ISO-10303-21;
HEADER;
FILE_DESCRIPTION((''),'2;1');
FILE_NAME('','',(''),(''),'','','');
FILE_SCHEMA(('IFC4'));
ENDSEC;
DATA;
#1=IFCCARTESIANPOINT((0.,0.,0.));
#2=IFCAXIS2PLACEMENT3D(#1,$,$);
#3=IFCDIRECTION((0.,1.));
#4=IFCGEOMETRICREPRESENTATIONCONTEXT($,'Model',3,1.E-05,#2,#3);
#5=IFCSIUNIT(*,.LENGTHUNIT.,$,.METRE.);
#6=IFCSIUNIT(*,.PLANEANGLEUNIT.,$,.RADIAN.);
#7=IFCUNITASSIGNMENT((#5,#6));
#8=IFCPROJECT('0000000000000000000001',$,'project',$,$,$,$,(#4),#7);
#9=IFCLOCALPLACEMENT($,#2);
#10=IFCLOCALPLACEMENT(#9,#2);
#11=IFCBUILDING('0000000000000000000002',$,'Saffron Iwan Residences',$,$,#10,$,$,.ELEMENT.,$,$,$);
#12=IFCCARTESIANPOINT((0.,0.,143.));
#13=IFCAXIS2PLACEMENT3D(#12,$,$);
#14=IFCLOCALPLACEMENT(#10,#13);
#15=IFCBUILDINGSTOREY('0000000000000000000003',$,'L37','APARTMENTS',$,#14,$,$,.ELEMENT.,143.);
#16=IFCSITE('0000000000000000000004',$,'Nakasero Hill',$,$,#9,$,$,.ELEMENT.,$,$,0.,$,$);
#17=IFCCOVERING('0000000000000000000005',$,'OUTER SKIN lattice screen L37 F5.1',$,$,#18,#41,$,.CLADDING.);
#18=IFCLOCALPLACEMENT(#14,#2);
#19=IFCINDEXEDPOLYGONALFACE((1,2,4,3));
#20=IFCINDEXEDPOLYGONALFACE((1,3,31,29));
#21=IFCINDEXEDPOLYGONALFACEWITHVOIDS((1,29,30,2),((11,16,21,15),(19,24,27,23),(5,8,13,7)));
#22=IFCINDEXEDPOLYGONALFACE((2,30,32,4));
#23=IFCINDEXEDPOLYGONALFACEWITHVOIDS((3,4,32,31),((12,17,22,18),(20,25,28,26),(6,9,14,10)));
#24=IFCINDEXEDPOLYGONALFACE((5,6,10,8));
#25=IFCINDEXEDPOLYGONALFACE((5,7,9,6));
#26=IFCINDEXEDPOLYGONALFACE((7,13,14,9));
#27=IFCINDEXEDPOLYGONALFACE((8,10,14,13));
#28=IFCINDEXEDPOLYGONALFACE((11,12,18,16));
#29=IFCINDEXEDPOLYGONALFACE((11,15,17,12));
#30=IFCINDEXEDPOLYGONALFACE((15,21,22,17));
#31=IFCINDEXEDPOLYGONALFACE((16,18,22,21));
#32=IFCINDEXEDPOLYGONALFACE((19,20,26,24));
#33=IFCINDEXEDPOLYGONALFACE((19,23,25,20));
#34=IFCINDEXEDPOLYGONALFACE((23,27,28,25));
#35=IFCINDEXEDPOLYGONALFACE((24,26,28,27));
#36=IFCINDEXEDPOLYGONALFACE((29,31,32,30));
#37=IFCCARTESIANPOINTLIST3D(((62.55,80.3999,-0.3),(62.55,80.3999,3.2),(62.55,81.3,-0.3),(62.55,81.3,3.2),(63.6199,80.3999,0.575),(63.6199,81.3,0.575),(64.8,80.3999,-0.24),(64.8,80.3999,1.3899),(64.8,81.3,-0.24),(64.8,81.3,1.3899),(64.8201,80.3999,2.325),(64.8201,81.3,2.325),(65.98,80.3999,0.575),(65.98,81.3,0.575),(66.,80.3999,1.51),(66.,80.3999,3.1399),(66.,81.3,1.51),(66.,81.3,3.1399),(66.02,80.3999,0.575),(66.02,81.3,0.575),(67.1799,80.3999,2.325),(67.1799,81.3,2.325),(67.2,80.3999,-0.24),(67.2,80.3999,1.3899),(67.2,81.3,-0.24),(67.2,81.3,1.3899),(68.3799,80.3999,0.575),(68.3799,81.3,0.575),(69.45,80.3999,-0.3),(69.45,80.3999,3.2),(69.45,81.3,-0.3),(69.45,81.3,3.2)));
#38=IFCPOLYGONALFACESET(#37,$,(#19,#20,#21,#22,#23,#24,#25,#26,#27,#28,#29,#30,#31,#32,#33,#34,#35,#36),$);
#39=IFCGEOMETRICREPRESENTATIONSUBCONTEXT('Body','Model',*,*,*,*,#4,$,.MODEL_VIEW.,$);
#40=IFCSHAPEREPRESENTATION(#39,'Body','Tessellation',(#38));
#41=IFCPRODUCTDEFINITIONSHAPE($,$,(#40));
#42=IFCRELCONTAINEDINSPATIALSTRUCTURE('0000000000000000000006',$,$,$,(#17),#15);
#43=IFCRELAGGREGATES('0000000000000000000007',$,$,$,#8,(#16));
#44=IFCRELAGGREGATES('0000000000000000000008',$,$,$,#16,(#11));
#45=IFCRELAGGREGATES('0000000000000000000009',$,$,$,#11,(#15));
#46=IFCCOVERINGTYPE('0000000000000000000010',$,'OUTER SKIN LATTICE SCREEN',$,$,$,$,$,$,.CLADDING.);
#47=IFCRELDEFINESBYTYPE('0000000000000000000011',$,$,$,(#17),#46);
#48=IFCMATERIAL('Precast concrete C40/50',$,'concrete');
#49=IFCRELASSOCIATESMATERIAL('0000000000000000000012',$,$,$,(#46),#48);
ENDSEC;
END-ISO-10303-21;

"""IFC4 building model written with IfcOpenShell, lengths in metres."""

from ifc_helpers import new_model, si_unit, direction, frame, origin, place, context, subcontext, project, spatial, polyline, outline, extrude, material, type_object, element, save


model = new_model("IFC4")

# Units and contexts
model_context = context("Model", 3, precision=1e-05, world=origin(), true_north=direction((0.0, 1.0)))
body_context = subcontext(model_context, "Body", "Model", "MODEL_VIEW")
ifc_project = project(units=[si_unit("LENGTHUNIT", "METRE"), si_unit("PLANEANGLEUNIT", "RADIAN")], contexts=[model_context])

# Site, building, storey
site_placement = place(None, origin())
site = spatial("IfcSite", under=ifc_project, at=site_placement, Name="Nakasero Hill", CompositionType="ELEMENT", RefElevation=0.0)
building_placement = place(site_placement, origin())
building = spatial("IfcBuilding", under=site, at=building_placement, Name="Saffron Iwan Residences", CompositionType="ELEMENT")
storey_placement = place(building_placement, frame((0.0, 0.0, 143.0)))
storey = spatial("IfcBuildingStorey", under=building, at=storey_placement, Name="L37", Description="APARTMENTS", CompositionType="ELEMENT", Elevation=143.0)

# Covering
ifc_material_1 = material(Name="Precast concrete C40/50", Category="concrete")
covering_type = type_object("IfcCoveringType", Name="OUTER SKIN LATTICE SCREEN", PredefinedType="CLADDING", material=ifc_material_1)
covering_placement = place(storey_placement, frame((69.45, 80.3999, -0.3), z_axis=(0.0, 1.0, 0.0), x_axis=(-1.0, 0.0, 0.0)))
element("IfcCovering", 1, at=covering_placement, inside=storey, type_object=covering_type, Name="OUTER SKIN lattice screen L37 F5.1", PredefinedType="CLADDING", context=body_context, shape_type="SweptSolid", body=[
    extrude(outline(polyline([(0.0, 0.0), (6.8999, 0.0), (6.8999, 3.5), (0.0, 3.5), (0.0, 0.0)]), holes=[polyline([(1.0701, 0.875), (2.25, 0.0601), (3.4299, 0.875), (2.25, 1.6899), (1.0701, 0.875)]), polyline([(3.47, 0.875), (4.6499, 0.0601), (5.8301, 0.875), (4.6499, 1.6899), (3.47, 0.875)]), polyline([(2.27, 2.625), (3.45, 1.8101), (4.6299, 2.625), (3.45, 3.4399), (2.27, 2.625)])]), origin(), (0.0, 0.0, 1.0), 0.9001),
])

save(model, "model.ifc")
